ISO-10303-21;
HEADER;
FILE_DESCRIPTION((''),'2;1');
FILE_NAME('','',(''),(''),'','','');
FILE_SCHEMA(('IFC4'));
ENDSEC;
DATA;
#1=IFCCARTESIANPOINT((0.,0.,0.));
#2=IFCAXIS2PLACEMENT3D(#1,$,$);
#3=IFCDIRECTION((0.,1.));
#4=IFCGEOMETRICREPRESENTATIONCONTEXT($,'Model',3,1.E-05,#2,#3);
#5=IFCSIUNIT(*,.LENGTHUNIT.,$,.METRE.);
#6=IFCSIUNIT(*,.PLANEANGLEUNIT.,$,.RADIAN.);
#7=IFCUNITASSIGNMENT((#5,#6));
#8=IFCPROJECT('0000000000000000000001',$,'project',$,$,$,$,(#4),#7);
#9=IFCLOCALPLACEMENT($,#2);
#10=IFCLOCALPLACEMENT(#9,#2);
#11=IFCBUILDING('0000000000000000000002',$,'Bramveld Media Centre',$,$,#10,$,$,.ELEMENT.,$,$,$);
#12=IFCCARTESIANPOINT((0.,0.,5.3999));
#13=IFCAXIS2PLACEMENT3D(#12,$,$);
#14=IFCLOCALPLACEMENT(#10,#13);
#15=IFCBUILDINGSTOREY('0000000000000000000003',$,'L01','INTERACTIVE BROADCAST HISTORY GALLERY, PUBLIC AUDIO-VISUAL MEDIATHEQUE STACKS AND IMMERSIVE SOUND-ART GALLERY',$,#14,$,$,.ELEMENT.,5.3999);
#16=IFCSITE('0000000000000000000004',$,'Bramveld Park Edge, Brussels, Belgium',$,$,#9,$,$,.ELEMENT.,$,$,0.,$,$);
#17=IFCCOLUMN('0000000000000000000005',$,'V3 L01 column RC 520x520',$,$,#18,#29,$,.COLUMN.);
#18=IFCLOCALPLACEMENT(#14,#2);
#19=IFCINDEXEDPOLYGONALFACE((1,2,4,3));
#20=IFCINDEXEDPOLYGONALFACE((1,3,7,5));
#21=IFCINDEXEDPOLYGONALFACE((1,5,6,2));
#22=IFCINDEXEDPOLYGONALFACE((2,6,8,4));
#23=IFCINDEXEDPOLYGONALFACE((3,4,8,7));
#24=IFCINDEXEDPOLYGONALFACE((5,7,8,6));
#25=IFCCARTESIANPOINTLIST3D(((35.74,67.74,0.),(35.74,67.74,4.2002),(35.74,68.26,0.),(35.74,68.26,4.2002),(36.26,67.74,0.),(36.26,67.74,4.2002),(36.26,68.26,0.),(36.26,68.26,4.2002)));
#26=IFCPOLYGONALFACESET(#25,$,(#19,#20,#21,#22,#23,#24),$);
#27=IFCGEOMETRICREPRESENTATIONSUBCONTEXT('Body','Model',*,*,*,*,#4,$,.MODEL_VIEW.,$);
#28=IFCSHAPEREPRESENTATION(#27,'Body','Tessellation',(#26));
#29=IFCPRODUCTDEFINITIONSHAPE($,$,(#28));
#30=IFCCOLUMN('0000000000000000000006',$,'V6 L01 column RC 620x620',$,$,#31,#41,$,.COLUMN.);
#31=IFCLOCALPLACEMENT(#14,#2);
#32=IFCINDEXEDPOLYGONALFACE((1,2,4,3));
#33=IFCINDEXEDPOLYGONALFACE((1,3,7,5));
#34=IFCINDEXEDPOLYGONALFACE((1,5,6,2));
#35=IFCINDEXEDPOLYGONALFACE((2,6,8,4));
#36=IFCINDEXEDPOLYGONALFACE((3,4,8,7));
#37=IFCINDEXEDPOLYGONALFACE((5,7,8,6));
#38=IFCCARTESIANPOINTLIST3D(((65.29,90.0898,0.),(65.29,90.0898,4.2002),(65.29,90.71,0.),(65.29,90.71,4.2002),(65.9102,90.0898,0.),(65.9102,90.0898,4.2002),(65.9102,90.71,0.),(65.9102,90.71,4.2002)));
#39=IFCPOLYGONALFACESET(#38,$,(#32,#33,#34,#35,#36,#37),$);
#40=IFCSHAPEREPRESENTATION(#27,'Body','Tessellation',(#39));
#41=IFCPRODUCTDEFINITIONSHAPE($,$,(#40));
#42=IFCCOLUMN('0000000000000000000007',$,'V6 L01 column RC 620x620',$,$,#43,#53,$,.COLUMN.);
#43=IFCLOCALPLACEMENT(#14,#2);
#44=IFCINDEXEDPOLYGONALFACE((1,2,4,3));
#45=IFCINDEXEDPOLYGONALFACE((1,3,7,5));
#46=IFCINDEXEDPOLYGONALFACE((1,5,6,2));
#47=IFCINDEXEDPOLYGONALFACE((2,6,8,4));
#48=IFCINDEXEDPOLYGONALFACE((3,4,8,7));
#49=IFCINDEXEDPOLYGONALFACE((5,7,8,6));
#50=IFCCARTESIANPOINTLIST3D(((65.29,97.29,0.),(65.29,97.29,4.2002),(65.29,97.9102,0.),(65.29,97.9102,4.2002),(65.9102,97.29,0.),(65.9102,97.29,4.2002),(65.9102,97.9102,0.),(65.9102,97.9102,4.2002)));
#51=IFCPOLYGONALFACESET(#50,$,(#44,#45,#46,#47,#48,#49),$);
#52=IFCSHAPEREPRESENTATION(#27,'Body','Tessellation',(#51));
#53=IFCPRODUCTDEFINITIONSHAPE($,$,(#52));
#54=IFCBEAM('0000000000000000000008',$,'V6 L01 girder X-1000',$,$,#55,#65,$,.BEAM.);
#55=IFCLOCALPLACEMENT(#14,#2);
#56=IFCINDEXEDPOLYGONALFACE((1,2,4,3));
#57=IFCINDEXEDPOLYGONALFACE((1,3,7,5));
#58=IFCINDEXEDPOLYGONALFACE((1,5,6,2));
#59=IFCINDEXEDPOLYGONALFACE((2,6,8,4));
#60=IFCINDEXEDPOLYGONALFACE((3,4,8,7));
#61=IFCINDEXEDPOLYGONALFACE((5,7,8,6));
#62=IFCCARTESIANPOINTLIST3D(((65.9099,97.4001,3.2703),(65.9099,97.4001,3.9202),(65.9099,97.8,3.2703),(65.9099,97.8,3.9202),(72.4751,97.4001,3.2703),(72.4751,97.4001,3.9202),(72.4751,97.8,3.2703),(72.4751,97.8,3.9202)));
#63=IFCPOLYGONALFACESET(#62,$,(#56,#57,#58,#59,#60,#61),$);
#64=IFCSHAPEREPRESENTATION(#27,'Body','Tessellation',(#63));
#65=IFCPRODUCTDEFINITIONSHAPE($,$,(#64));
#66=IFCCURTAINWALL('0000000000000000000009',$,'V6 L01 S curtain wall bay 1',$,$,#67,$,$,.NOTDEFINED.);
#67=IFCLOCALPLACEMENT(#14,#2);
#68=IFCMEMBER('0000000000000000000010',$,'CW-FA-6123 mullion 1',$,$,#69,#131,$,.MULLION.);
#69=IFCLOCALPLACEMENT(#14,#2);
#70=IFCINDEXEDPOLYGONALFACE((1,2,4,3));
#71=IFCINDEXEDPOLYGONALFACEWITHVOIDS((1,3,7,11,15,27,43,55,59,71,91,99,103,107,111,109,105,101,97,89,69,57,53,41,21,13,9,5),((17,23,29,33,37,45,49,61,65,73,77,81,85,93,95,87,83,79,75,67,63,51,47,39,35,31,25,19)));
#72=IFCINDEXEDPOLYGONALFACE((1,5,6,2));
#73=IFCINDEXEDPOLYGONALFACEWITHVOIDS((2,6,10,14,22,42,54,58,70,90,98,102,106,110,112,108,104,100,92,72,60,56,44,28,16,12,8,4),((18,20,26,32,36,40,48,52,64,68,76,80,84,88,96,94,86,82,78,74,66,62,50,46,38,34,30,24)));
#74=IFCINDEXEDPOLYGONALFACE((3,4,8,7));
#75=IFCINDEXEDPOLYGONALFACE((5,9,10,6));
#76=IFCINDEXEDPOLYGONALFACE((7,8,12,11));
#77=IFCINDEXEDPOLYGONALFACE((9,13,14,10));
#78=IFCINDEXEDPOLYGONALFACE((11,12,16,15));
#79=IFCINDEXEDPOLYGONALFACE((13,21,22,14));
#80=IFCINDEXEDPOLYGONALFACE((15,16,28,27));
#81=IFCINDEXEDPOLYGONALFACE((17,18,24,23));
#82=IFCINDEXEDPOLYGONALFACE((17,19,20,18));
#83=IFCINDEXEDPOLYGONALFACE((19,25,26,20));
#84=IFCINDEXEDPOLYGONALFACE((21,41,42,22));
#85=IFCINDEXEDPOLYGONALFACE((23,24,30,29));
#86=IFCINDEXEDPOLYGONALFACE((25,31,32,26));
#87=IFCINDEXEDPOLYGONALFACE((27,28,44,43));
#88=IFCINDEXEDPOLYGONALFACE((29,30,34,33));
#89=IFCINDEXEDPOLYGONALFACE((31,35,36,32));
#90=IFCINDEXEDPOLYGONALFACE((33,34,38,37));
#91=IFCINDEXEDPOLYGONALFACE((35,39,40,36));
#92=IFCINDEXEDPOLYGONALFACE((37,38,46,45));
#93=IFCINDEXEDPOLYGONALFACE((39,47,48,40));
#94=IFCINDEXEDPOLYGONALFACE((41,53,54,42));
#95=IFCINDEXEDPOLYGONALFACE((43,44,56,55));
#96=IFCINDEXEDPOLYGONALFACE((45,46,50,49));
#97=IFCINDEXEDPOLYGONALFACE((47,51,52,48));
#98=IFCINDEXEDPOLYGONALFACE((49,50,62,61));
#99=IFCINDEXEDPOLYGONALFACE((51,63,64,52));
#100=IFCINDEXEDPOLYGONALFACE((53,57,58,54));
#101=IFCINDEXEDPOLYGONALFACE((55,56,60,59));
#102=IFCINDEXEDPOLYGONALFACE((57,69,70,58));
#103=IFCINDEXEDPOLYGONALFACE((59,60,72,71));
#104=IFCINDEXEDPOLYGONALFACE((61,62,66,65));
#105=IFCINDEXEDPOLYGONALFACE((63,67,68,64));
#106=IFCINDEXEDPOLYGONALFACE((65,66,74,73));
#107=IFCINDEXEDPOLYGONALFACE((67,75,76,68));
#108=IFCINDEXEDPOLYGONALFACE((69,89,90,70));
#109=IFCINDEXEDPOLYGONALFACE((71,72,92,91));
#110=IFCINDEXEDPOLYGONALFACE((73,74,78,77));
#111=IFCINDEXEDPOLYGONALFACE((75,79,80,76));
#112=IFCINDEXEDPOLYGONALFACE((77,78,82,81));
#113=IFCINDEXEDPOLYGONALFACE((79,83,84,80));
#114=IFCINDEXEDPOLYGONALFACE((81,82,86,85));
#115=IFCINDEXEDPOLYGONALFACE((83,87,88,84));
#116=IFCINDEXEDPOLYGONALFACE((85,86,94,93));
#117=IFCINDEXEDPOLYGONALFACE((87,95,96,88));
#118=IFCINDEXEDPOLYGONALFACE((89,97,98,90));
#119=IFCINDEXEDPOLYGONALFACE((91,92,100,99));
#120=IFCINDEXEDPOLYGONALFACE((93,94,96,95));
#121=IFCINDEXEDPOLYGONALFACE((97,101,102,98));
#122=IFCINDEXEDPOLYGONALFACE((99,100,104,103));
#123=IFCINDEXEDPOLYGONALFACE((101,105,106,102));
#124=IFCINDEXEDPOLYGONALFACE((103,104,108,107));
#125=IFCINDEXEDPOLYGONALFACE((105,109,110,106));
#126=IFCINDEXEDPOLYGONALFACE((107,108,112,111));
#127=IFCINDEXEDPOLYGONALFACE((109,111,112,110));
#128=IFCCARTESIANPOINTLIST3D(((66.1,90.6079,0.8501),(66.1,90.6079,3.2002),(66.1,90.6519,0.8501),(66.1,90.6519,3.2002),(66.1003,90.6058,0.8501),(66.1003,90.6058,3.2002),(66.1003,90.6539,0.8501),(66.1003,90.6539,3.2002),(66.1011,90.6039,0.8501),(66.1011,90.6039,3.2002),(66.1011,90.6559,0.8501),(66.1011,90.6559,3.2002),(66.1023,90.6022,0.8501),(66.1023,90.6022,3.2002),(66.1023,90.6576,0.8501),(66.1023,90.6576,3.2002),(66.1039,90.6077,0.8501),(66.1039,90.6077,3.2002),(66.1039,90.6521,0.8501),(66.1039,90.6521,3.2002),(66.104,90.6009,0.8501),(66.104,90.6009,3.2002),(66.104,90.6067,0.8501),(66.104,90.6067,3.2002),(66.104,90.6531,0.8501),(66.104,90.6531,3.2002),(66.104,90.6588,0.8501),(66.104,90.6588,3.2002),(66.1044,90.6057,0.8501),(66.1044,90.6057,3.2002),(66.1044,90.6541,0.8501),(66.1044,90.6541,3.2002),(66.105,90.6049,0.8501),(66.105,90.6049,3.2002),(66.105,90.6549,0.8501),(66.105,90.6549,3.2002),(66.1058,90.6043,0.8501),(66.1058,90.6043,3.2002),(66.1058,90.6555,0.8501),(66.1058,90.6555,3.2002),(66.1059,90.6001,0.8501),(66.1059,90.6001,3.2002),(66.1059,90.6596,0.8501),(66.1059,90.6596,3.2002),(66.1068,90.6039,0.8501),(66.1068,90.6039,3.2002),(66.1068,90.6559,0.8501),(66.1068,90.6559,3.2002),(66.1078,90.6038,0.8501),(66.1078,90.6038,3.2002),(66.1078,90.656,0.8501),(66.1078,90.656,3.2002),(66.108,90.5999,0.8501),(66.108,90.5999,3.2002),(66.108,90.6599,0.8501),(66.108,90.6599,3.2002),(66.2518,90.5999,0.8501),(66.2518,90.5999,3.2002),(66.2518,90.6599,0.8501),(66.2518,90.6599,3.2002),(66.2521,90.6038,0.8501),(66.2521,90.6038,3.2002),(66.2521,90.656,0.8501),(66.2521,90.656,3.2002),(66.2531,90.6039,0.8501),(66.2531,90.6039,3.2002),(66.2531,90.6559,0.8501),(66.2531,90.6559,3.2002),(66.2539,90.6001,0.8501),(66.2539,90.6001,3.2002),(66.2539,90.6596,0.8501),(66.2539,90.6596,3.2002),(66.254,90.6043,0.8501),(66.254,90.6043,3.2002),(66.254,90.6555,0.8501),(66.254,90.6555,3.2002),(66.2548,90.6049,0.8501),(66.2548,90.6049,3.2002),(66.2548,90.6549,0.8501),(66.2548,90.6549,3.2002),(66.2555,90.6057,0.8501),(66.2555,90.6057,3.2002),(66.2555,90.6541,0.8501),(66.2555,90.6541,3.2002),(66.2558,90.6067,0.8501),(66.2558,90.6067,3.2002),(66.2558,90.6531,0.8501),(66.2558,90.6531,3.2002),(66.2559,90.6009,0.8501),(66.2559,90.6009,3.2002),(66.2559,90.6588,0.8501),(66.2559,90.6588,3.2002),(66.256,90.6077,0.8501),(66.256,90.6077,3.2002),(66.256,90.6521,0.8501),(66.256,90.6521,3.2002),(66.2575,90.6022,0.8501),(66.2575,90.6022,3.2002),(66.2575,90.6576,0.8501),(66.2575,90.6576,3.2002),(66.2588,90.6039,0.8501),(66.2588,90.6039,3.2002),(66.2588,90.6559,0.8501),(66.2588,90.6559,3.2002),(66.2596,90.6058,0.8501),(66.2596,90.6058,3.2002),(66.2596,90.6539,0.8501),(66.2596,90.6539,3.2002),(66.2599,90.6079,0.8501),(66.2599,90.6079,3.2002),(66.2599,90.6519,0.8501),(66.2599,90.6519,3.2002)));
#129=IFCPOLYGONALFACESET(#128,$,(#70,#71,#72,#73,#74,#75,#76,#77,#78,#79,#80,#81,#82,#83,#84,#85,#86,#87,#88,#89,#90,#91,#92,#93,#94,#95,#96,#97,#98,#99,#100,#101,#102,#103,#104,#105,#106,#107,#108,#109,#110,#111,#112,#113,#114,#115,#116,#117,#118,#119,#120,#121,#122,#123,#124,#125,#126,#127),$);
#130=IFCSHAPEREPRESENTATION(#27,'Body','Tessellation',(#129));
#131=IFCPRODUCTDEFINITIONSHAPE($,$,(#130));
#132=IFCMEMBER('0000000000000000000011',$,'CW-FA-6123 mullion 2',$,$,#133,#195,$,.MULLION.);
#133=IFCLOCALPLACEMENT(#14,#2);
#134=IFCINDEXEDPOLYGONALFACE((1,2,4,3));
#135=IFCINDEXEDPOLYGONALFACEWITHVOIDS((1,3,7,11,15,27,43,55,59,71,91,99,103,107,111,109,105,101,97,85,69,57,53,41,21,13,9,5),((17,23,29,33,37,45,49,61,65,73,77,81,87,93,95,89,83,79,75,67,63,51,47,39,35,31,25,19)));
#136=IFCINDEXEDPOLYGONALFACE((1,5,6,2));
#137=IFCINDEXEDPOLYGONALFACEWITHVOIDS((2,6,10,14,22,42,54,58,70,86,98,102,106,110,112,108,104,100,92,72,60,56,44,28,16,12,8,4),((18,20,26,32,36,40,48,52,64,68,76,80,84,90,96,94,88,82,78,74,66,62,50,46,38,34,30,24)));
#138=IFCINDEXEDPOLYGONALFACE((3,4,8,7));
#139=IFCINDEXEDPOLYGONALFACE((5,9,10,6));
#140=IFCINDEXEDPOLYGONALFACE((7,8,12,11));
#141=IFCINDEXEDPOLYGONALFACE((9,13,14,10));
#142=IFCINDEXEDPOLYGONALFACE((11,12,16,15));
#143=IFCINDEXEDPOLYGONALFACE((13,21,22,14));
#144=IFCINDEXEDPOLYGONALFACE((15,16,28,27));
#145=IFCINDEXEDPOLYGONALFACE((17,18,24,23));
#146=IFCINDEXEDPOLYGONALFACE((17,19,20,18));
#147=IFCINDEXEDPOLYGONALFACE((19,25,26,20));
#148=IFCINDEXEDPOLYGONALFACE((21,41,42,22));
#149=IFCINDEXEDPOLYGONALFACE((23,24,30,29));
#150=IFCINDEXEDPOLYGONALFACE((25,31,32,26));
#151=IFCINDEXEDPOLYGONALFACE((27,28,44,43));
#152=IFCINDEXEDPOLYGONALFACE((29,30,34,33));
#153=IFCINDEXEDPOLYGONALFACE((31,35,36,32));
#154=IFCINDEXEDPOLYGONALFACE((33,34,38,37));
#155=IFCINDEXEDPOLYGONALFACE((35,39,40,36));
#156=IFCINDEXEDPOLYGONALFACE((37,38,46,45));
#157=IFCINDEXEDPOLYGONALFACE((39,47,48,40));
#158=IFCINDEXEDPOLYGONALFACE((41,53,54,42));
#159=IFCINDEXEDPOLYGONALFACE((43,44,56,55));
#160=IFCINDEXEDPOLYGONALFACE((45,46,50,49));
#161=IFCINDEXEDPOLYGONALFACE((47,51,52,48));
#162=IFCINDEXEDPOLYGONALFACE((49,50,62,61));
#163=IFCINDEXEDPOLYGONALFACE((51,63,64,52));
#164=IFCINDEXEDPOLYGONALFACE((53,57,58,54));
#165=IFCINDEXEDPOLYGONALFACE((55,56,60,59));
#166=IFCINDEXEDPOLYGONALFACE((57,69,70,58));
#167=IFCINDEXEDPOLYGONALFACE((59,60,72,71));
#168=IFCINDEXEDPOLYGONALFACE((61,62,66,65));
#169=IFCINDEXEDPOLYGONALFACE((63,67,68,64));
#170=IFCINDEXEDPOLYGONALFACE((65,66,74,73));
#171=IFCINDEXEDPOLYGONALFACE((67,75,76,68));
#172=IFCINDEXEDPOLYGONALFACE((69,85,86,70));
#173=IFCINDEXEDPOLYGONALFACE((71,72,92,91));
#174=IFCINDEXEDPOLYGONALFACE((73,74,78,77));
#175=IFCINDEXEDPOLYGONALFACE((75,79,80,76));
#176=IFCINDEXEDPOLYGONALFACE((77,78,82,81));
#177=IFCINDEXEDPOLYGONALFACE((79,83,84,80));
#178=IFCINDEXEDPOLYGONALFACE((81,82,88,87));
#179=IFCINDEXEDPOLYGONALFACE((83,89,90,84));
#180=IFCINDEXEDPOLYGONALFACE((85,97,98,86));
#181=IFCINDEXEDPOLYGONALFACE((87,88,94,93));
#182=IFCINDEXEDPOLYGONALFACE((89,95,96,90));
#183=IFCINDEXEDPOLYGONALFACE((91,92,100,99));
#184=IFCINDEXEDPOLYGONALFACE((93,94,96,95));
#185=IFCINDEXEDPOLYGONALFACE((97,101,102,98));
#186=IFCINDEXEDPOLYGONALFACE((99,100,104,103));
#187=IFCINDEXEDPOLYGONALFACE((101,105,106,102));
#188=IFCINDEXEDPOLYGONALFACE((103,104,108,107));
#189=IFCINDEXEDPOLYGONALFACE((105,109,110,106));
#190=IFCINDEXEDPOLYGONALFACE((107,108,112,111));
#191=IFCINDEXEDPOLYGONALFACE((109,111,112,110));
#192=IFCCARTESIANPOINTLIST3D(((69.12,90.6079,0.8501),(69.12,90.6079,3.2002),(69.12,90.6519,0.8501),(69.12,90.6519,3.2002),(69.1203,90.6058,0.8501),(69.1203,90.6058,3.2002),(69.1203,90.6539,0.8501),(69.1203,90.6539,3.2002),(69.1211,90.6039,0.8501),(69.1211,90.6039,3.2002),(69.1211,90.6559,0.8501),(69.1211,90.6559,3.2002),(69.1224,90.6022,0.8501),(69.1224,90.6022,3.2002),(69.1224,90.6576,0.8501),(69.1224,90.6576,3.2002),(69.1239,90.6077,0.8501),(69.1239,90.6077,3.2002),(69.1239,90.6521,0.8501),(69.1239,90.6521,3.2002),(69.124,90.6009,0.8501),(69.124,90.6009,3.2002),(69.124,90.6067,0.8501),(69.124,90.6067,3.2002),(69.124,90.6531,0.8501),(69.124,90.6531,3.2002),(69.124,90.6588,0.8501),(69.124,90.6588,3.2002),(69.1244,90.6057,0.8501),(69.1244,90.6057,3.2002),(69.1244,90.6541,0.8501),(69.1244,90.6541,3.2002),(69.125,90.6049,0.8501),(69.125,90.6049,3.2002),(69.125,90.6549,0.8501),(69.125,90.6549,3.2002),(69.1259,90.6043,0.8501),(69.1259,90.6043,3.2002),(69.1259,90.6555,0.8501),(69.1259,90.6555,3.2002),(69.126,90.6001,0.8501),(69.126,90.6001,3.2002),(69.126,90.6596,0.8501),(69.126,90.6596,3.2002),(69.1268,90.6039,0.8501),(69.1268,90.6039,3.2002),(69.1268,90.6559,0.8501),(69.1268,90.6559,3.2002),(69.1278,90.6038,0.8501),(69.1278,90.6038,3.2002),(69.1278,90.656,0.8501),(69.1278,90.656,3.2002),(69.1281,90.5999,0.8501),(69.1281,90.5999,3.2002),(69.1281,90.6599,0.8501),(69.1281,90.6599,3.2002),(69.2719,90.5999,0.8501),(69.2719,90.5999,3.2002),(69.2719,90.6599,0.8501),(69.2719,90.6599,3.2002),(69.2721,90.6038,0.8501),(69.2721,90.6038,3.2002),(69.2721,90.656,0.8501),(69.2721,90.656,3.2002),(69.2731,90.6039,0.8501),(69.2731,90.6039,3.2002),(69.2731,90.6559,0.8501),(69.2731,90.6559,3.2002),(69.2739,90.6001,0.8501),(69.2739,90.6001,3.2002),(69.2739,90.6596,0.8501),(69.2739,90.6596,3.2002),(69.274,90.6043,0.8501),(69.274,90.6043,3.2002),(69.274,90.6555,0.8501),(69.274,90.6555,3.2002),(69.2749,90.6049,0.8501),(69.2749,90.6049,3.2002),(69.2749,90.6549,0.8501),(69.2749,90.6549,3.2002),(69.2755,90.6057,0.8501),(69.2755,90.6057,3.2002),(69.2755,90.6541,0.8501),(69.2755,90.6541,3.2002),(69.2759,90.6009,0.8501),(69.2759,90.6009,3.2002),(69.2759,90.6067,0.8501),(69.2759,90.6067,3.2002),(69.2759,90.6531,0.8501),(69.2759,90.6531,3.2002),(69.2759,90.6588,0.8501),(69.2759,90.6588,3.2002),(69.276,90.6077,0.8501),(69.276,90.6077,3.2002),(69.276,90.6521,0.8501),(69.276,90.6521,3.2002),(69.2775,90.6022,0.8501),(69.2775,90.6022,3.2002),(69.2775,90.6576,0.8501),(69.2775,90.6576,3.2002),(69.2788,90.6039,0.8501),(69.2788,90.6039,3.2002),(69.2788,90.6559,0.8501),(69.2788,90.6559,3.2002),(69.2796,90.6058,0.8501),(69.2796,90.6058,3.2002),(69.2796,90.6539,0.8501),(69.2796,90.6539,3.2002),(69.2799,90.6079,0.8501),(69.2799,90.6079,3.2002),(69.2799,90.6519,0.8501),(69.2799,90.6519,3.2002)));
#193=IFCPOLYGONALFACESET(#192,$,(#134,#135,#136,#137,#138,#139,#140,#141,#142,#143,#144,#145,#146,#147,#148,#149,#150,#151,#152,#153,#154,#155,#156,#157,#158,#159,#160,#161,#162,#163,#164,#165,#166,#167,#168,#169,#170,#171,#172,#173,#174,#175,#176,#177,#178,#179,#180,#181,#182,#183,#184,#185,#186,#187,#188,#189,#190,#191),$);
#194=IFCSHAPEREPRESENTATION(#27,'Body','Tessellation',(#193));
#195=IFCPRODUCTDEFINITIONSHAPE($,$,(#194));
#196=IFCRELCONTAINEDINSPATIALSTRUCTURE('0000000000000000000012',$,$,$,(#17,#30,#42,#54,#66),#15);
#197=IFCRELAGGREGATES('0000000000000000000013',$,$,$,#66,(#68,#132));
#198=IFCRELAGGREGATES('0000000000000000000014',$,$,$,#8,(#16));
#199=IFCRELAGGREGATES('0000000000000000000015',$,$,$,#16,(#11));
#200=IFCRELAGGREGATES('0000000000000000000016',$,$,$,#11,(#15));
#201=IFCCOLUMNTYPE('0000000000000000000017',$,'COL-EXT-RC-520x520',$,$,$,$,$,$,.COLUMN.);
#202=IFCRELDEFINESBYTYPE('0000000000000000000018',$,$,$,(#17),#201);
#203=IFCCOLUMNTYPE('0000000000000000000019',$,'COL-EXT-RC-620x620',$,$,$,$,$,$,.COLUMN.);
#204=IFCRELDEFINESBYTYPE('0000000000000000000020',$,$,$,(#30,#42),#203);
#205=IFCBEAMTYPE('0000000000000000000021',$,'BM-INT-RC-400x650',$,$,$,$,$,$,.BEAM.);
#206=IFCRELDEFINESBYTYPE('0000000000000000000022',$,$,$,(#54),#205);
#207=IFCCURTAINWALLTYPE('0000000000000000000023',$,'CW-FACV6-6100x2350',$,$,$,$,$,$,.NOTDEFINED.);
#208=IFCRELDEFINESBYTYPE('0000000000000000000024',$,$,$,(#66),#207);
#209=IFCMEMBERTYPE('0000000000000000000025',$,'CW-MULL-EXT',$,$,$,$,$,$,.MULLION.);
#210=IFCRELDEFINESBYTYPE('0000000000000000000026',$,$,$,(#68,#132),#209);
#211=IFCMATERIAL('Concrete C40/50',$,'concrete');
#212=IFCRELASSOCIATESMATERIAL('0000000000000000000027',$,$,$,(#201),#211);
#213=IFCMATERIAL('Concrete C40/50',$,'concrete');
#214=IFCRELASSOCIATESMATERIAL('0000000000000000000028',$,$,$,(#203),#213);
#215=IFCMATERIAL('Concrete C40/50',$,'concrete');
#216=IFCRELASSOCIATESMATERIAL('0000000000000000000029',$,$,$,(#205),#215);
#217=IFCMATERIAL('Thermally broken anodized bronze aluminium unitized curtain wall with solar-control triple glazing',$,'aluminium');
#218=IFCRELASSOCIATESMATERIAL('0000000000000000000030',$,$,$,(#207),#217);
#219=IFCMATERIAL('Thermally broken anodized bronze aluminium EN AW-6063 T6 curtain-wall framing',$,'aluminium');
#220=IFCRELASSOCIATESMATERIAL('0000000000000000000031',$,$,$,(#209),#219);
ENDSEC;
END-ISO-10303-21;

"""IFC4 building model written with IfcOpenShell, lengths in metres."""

from ifc_helpers import new_model, si_unit, direction, frame, origin, origin_2d, place, context, subcontext, project, spatial, rectangle, hollow_rectangle, extrude, material, material_profile, profile_set, type_object, element, aggregate, save


model = new_model("IFC4")

# Units and contexts
model_context = context("Model", 3, precision=1e-05, world=origin(), true_north=direction((0.0, 1.0)))
body_context = subcontext(model_context, "Body", "Model", "MODEL_VIEW")
ifc_project = project(units=[si_unit("LENGTHUNIT", "METRE"), si_unit("PLANEANGLEUNIT", "RADIAN")], contexts=[model_context])

# Site, building, storey
site_placement = place(None, origin())
site = spatial("IfcSite", under=ifc_project, at=site_placement, Name="Bramveld Park Edge, Brussels, Belgium", CompositionType="ELEMENT", RefElevation=0.0)
building_placement = place(site_placement, origin())
building = spatial("IfcBuilding", under=site, at=building_placement, Name="Bramveld Media Centre", CompositionType="ELEMENT")
storey_placement = place(building_placement, frame((0.0, 0.0, 5.3999)))
storey = spatial("IfcBuildingStorey", under=building, at=storey_placement, Name="L01", Description="INTERACTIVE BROADCAST HISTORY GALLERY, PUBLIC AUDIO-VISUAL MEDIATHEQUE STACKS AND IMMERSIVE SOUND-ART GALLERY", CompositionType="ELEMENT", Elevation=5.3999)

# Columns
ifc_material_1 = material(Name="Concrete C40/50", Category="concrete")
ifc_material_profile_1 = material_profile(ifc_material_1, rectangle(XDim=0.52, YDim=0.52, at=origin_2d()), Name="RC 520x520")
ifc_profile_set_1 = profile_set([ifc_material_profile_1], Name="Concrete C40/50")
column_type_1 = type_object("IfcColumnType", Name="COL-EXT-RC-520x520", PredefinedType="COLUMN", material=ifc_profile_set_1)
column_placement = place(storey_placement, frame((36.0, 68.0, 0.0), z_axis=(0.0, 0.0, 1.0), x_axis=(1.0, 0.0, 0.0)))
element("IfcColumn", 1, at=column_placement, inside=storey, type_object=column_type_1, Name="V3 L01 column RC 520x520", PredefinedType="COLUMN", context=body_context, shape_type="SweptSolid", body=[
    extrude(rectangle(XDim=0.52, YDim=0.52, at=origin_2d()), origin(), (0.0, 0.0, 1.0), 4.2002),
])
ifc_material_2 = material(Name="Concrete C40/50", Category="concrete")
ifc_material_profile_2 = material_profile(ifc_material_2, rectangle(XDim=0.6201, YDim=0.6201, at=origin_2d()), Name="RC 620x620")
ifc_profile_set_2 = profile_set([ifc_material_profile_2], Name="Concrete C40/50")
column_type_2 = type_object("IfcColumnType", Name="COL-EXT-RC-620x620", PredefinedType="COLUMN", material=ifc_profile_set_2)
for number, where, z_axis, x_axis, name in (
    (2, (65.6001, 90.3999, 0.0), (0.0, 0.0, 1.0), (1.0, 0.0, 0.0), "V6 L01 column RC 620x620"),
    (3, (65.6001, 97.6001, 0.0), (0.0, 0.0, 1.0), (1.0, 0.0, 0.0), "V6 L01 column RC 620x620"),
):
    element("IfcColumn", number, at=place(storey_placement, frame(where, z_axis=z_axis, x_axis=x_axis)), inside=storey, type_object=column_type_2, Name=name, PredefinedType="COLUMN", context=body_context, shape_type="SweptSolid", body=[
        extrude(rectangle(XDim=0.6201, YDim=0.6201, at=origin_2d()), origin(), (0.0, 0.0, 1.0), 4.2002),
    ])

# Beam
ifc_material_3 = material(Name="Concrete C40/50", Category="concrete")
ifc_material_profile_3 = material_profile(ifc_material_3, rectangle(XDim=0.3999, YDim=0.6499, at=origin_2d()), Name="RC 400x650")
ifc_profile_set_3 = profile_set([ifc_material_profile_3], Name="Concrete C40/50")
beam_type_1 = type_object("IfcBeamType", Name="BM-INT-RC-400x650", PredefinedType="BEAM", material=ifc_profile_set_3)
beam_1_placement = place(storey_placement, frame((65.9099, 97.6001, 3.5952), z_axis=(1.0, 0.0, 0.0), x_axis=(0.0, 1.0, 0.0)))
element("IfcBeam", 4, at=beam_1_placement, inside=storey, type_object=beam_type_1, Name="V6 L01 girder X-1000", PredefinedType="BEAM", context=body_context, shape_type="SweptSolid", body=[
    extrude(rectangle(XDim=0.3999, YDim=0.6499, at=origin_2d()), origin(), (0.0, 0.0, 1.0), 6.5652),
])

# Curtain wall, members
ifc_material_4 = material(Name="Thermally broken anodized bronze aluminium unitized curtain wall with solar-control triple glazing", Category="aluminium")
curtain_wall_type = type_object("IfcCurtainWallType", Name="CW-FACV6-6100x2350", PredefinedType="NOTDEFINED", material=ifc_material_4)
curtain_wall_placement = place(storey_placement, origin())
curtain_wall = element("IfcCurtainWall", 5, at=curtain_wall_placement, inside=storey, type_object=curtain_wall_type, Name="V6 L01 S curtain wall bay 1", PredefinedType="NOTDEFINED")
ifc_material_5 = material(Name="Thermally broken anodized bronze aluminium EN AW-6063 T6 curtain-wall framing", Category="aluminium")
ifc_material_profile_4 = material_profile(ifc_material_5, hollow_rectangle(XDim=0.0601, YDim=0.1599, WallThickness=0.0039, InnerFilletRadius=0.0039, OuterFilletRadius=0.0081, at=origin_2d()), Name="AL-MULL 60x160")
ifc_profile_set_4 = profile_set([ifc_material_profile_4], Name="Thermally broken anodized bronze aluminium EN AW-6063 T6 curtain-wall framing")
member_type_1 = type_object("IfcMemberType", Name="CW-MULL-EXT", PredefinedType="MULLION", material=ifc_profile_set_4)
member_1_placement = place(storey_placement, frame((66.1799, 90.6299, 0.8501), z_axis=(0.0, 0.0, 1.0), x_axis=(0.0, 1.0, 0.0)))
member_1 = element("IfcMember", 6, at=member_1_placement, type_object=member_type_1, Name="CW-FA-6123 mullion 1", PredefinedType="MULLION", context=body_context, shape_type="SweptSolid", body=[
    extrude(hollow_rectangle(XDim=0.0601, YDim=0.1599, WallThickness=0.0039, InnerFilletRadius=0.0039, OuterFilletRadius=0.0081, at=origin_2d()), origin(), (0.0, 0.0, 1.0), 2.3501),
])
member_2_placement = place(storey_placement, frame((69.2, 90.6299, 0.8501), z_axis=(0.0, 0.0, 1.0), x_axis=(0.0, 1.0, 0.0)))
member_2 = element("IfcMember", 7, at=member_2_placement, type_object=member_type_1, Name="CW-FA-6123 mullion 2", PredefinedType="MULLION", context=body_context, shape_type="SweptSolid", body=[
    extrude(hollow_rectangle(XDim=0.0601, YDim=0.1599, WallThickness=0.0039, InnerFilletRadius=0.0039, OuterFilletRadius=0.0081, at=origin_2d()), origin(), (0.0, 0.0, 1.0), 2.3501),
])

aggregate(curtain_wall, [member_1, member_2])

save(model, "model.ifc")
